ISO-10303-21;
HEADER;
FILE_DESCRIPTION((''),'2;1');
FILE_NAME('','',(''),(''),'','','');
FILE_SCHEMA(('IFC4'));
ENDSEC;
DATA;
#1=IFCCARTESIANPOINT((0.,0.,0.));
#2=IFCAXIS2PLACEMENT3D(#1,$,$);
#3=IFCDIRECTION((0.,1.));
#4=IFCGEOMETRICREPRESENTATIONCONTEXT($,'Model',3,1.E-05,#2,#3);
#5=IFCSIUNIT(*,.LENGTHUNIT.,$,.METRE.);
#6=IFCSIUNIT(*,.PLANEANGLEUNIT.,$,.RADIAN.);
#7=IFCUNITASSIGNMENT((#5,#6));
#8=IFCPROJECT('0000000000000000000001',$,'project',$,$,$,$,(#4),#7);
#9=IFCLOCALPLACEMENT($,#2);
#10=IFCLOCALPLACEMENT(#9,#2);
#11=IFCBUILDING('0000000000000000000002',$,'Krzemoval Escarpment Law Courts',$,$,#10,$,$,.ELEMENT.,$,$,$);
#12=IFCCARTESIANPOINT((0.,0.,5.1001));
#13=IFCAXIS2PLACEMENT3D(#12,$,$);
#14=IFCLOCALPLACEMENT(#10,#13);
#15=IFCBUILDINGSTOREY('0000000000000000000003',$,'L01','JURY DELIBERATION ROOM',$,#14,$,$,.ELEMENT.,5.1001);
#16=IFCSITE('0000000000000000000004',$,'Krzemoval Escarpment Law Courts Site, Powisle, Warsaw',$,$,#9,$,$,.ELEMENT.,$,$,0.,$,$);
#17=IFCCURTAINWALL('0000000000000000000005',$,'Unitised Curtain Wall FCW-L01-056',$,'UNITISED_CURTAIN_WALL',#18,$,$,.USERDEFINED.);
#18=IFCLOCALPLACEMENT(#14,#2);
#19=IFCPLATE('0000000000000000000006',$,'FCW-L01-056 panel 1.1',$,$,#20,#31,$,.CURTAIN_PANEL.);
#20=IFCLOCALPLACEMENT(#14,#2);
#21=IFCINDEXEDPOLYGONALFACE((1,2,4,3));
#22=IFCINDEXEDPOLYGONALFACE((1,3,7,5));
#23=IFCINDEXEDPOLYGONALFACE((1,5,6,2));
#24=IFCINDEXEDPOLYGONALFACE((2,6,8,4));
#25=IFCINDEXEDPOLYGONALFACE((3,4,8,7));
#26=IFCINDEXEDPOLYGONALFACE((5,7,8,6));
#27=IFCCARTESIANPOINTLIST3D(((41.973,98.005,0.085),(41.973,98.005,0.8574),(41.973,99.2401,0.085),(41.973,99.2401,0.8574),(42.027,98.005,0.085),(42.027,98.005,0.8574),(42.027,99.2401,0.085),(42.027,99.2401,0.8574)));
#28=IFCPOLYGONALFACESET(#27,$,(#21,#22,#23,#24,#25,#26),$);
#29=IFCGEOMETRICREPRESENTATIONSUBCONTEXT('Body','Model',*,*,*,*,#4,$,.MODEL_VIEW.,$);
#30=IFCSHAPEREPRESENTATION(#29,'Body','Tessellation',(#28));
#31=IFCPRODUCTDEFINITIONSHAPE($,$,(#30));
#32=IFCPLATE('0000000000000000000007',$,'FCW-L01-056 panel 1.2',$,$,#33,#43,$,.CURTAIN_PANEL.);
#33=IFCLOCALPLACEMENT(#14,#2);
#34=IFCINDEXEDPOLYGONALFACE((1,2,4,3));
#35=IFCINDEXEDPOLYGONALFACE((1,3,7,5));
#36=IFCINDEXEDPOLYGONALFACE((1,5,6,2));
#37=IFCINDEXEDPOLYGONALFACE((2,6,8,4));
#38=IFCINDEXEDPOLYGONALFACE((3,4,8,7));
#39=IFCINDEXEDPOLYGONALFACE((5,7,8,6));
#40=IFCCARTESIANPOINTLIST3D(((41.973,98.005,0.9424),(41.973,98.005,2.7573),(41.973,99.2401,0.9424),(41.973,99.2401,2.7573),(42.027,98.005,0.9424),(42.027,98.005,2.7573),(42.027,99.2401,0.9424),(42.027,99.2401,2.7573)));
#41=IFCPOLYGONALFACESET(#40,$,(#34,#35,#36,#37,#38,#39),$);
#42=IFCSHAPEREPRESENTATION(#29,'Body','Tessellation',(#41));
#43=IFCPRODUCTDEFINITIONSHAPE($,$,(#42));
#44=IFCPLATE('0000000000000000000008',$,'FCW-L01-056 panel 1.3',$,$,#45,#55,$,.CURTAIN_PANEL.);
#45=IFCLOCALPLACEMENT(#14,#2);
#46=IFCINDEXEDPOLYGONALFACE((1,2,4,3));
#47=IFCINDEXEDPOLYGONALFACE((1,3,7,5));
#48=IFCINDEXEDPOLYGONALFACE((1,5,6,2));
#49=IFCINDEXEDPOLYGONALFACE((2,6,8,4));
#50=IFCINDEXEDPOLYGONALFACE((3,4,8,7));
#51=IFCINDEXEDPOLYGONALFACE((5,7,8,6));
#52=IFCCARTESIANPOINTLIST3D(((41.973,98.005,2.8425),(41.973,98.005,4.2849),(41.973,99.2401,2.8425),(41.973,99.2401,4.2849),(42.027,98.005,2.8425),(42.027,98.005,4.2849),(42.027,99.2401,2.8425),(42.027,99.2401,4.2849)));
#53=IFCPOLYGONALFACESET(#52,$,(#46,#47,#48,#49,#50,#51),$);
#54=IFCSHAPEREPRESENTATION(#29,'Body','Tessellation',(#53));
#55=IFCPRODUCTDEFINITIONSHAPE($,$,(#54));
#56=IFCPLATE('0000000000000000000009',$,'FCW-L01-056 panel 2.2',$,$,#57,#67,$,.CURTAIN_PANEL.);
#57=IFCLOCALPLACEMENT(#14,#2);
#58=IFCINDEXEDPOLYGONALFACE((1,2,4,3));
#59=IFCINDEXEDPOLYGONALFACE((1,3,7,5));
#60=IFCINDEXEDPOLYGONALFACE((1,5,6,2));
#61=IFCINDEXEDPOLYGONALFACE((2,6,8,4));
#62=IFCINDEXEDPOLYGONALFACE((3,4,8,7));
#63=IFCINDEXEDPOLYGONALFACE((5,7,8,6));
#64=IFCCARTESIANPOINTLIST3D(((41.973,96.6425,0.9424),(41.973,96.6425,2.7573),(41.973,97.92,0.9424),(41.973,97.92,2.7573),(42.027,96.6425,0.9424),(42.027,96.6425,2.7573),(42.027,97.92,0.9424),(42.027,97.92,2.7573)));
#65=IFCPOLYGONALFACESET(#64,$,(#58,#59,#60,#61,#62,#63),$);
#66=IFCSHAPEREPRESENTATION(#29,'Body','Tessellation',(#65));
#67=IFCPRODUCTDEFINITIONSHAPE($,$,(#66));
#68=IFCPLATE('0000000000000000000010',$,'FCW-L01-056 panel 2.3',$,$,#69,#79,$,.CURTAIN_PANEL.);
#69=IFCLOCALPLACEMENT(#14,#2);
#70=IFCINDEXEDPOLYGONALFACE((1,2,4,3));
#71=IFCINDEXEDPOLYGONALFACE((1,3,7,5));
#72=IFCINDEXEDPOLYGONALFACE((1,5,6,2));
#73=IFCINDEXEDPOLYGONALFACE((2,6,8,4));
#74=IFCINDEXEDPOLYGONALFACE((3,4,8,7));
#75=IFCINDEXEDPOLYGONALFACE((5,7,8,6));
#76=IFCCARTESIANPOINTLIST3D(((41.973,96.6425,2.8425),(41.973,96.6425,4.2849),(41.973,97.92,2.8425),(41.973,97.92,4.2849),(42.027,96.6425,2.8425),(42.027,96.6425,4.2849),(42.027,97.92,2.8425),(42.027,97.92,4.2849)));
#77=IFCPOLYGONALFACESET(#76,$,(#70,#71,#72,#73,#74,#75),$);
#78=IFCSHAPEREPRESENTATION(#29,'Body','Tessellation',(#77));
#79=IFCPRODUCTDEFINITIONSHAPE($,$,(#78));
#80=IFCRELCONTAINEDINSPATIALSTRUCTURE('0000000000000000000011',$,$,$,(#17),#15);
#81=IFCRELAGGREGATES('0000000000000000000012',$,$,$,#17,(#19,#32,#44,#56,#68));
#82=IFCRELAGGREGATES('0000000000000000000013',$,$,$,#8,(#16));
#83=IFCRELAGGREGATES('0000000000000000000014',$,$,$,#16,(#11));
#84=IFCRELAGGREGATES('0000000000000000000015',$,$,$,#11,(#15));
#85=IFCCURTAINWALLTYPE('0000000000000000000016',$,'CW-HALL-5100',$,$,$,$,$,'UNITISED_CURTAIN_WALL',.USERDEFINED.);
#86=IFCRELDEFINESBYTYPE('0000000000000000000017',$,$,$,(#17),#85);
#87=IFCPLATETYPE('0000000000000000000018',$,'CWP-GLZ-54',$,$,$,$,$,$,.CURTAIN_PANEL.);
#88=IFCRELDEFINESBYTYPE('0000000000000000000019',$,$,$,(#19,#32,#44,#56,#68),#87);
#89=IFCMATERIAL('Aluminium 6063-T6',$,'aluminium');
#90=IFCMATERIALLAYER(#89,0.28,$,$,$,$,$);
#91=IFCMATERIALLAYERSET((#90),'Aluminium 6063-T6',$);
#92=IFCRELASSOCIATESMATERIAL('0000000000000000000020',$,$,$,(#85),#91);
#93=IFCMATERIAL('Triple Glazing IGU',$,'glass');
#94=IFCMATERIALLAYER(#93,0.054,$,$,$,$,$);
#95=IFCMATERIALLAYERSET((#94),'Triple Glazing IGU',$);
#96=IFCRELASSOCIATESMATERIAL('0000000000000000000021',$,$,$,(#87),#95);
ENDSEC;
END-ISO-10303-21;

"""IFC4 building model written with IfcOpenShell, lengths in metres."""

from ifc_helpers import new_model, si_unit, direction, frame, origin, origin_2d, place, context, subcontext, project, spatial, rectangle, extrude, material, layer, layer_set, type_object, element, aggregate, save


model = new_model("IFC4")

# Units and contexts
model_context = context("Model", 3, precision=1e-05, world=origin(), true_north=direction((0.0, 1.0)))
body_context = subcontext(model_context, "Body", "Model", "MODEL_VIEW")
ifc_project = project(units=[si_unit("LENGTHUNIT", "METRE"), si_unit("PLANEANGLEUNIT", "RADIAN")], contexts=[model_context])

# Site, building, storey
site_placement = place(None, origin())
site = spatial("IfcSite", under=ifc_project, at=site_placement, Name="Krzemoval Escarpment Law Courts Site, Powisle, Warsaw", CompositionType="ELEMENT", RefElevation=0.0)
building_placement = place(site_placement, origin())
building = spatial("IfcBuilding", under=site, at=building_placement, Name="Krzemoval Escarpment Law Courts", CompositionType="ELEMENT")
storey_placement = place(building_placement, frame((0.0, 0.0, 5.1001)))
storey = spatial("IfcBuildingStorey", under=building, at=storey_placement, Name="L01", Description="JURY DELIBERATION ROOM", CompositionType="ELEMENT", Elevation=5.1001)

# Curtain wall
ifc_material_1 = material(Name="Aluminium 6063-T6", Category="aluminium")
ifc_layer_1 = layer(ifc_material_1, 0.28)
ifc_layer_set_1 = layer_set([ifc_layer_1], Name="Aluminium 6063-T6")
curtain_wall_type = type_object("IfcCurtainWallType", Name="CW-HALL-5100", ElementType="UNITISED_CURTAIN_WALL", PredefinedType="USERDEFINED", material=ifc_layer_set_1)
curtain_wall_placement = place(storey_placement, origin())
curtain_wall = element("IfcCurtainWall", 1, at=curtain_wall_placement, inside=storey, type_object=curtain_wall_type, Name="Unitised Curtain Wall FCW-L01-056", ObjectType="UNITISED_CURTAIN_WALL", PredefinedType="USERDEFINED")

# Plates
ifc_material_2 = material(Name="Triple Glazing IGU", Category="glass")
ifc_layer_2 = layer(ifc_material_2, 0.054)
ifc_layer_set_2 = layer_set([ifc_layer_2], Name="Triple Glazing IGU")
plate_type = type_object("IfcPlateType", Name="CWP-GLZ-54", PredefinedType="CURTAIN_PANEL", material=ifc_layer_set_2)
plate_1_placement = place(storey_placement, frame((42.0, 98.6226, 0.085), z_axis=(0.0, 0.0, 1.0), x_axis=(0.0, -1.0, 0.0)))
plate_1 = element("IfcPlate", 2, at=plate_1_placement, type_object=plate_type, Name="FCW-L01-056 panel 1.1", PredefinedType="CURTAIN_PANEL", context=body_context, shape_type="SweptSolid", body=[
    extrude(rectangle(XDim=1.2351, YDim=0.054, at=origin_2d()), origin(), (0.0, 0.0, 1.0), 0.7725),
])
plate_2_placement = place(storey_placement, frame((42.0, 98.6226, 0.9424), z_axis=(0.0, 0.0, 1.0), x_axis=(0.0, -1.0, 0.0)))
plate_2 = element("IfcPlate", 3, at=plate_2_placement, type_object=plate_type, Name="FCW-L01-056 panel 1.2", PredefinedType="CURTAIN_PANEL", context=body_context, shape_type="SweptSolid", body=[
    extrude(rectangle(XDim=1.2351, YDim=0.054, at=origin_2d()), origin(), (0.0, 0.0, 1.0), 1.8149),
])
plate_3_placement = place(storey_placement, frame((42.0, 98.6226, 2.8425), z_axis=(0.0, 0.0, 1.0), x_axis=(0.0, -1.0, 0.0)))
plate_3 = element("IfcPlate", 4, at=plate_3_placement, type_object=plate_type, Name="FCW-L01-056 panel 1.3", PredefinedType="CURTAIN_PANEL", context=body_context, shape_type="SweptSolid", body=[
    extrude(rectangle(XDim=1.2351, YDim=0.054, at=origin_2d()), origin(), (0.0, 0.0, 1.0), 1.4424),
])
plate_4_placement = place(storey_placement, frame((42.0, 97.2812, 0.9424), z_axis=(0.0, 0.0, 1.0), x_axis=(0.0, -1.0, 0.0)))
plate_4 = element("IfcPlate", 5, at=plate_4_placement, type_object=plate_type, Name="FCW-L01-056 panel 2.2", PredefinedType="CURTAIN_PANEL", context=body_context, shape_type="SweptSolid", body=[
    extrude(rectangle(XDim=1.2776, YDim=0.054, at=origin_2d()), origin(), (0.0, 0.0, 1.0), 1.8149),
])
plate_5_placement = place(storey_placement, frame((42.0, 97.2812, 2.8425), z_axis=(0.0, 0.0, 1.0), x_axis=(0.0, -1.0, 0.0)))
plate_5 = element("IfcPlate", 6, at=plate_5_placement, type_object=plate_type, Name="FCW-L01-056 panel 2.3", PredefinedType="CURTAIN_PANEL", context=body_context, shape_type="SweptSolid", body=[
    extrude(rectangle(XDim=1.2776, YDim=0.054, at=origin_2d()), origin(), (0.0, 0.0, 1.0), 1.4424),
])
aggregate(curtain_wall, [plate_1, plate_2, plate_3, plate_4, plate_5])

save(model, "model.ifc")
